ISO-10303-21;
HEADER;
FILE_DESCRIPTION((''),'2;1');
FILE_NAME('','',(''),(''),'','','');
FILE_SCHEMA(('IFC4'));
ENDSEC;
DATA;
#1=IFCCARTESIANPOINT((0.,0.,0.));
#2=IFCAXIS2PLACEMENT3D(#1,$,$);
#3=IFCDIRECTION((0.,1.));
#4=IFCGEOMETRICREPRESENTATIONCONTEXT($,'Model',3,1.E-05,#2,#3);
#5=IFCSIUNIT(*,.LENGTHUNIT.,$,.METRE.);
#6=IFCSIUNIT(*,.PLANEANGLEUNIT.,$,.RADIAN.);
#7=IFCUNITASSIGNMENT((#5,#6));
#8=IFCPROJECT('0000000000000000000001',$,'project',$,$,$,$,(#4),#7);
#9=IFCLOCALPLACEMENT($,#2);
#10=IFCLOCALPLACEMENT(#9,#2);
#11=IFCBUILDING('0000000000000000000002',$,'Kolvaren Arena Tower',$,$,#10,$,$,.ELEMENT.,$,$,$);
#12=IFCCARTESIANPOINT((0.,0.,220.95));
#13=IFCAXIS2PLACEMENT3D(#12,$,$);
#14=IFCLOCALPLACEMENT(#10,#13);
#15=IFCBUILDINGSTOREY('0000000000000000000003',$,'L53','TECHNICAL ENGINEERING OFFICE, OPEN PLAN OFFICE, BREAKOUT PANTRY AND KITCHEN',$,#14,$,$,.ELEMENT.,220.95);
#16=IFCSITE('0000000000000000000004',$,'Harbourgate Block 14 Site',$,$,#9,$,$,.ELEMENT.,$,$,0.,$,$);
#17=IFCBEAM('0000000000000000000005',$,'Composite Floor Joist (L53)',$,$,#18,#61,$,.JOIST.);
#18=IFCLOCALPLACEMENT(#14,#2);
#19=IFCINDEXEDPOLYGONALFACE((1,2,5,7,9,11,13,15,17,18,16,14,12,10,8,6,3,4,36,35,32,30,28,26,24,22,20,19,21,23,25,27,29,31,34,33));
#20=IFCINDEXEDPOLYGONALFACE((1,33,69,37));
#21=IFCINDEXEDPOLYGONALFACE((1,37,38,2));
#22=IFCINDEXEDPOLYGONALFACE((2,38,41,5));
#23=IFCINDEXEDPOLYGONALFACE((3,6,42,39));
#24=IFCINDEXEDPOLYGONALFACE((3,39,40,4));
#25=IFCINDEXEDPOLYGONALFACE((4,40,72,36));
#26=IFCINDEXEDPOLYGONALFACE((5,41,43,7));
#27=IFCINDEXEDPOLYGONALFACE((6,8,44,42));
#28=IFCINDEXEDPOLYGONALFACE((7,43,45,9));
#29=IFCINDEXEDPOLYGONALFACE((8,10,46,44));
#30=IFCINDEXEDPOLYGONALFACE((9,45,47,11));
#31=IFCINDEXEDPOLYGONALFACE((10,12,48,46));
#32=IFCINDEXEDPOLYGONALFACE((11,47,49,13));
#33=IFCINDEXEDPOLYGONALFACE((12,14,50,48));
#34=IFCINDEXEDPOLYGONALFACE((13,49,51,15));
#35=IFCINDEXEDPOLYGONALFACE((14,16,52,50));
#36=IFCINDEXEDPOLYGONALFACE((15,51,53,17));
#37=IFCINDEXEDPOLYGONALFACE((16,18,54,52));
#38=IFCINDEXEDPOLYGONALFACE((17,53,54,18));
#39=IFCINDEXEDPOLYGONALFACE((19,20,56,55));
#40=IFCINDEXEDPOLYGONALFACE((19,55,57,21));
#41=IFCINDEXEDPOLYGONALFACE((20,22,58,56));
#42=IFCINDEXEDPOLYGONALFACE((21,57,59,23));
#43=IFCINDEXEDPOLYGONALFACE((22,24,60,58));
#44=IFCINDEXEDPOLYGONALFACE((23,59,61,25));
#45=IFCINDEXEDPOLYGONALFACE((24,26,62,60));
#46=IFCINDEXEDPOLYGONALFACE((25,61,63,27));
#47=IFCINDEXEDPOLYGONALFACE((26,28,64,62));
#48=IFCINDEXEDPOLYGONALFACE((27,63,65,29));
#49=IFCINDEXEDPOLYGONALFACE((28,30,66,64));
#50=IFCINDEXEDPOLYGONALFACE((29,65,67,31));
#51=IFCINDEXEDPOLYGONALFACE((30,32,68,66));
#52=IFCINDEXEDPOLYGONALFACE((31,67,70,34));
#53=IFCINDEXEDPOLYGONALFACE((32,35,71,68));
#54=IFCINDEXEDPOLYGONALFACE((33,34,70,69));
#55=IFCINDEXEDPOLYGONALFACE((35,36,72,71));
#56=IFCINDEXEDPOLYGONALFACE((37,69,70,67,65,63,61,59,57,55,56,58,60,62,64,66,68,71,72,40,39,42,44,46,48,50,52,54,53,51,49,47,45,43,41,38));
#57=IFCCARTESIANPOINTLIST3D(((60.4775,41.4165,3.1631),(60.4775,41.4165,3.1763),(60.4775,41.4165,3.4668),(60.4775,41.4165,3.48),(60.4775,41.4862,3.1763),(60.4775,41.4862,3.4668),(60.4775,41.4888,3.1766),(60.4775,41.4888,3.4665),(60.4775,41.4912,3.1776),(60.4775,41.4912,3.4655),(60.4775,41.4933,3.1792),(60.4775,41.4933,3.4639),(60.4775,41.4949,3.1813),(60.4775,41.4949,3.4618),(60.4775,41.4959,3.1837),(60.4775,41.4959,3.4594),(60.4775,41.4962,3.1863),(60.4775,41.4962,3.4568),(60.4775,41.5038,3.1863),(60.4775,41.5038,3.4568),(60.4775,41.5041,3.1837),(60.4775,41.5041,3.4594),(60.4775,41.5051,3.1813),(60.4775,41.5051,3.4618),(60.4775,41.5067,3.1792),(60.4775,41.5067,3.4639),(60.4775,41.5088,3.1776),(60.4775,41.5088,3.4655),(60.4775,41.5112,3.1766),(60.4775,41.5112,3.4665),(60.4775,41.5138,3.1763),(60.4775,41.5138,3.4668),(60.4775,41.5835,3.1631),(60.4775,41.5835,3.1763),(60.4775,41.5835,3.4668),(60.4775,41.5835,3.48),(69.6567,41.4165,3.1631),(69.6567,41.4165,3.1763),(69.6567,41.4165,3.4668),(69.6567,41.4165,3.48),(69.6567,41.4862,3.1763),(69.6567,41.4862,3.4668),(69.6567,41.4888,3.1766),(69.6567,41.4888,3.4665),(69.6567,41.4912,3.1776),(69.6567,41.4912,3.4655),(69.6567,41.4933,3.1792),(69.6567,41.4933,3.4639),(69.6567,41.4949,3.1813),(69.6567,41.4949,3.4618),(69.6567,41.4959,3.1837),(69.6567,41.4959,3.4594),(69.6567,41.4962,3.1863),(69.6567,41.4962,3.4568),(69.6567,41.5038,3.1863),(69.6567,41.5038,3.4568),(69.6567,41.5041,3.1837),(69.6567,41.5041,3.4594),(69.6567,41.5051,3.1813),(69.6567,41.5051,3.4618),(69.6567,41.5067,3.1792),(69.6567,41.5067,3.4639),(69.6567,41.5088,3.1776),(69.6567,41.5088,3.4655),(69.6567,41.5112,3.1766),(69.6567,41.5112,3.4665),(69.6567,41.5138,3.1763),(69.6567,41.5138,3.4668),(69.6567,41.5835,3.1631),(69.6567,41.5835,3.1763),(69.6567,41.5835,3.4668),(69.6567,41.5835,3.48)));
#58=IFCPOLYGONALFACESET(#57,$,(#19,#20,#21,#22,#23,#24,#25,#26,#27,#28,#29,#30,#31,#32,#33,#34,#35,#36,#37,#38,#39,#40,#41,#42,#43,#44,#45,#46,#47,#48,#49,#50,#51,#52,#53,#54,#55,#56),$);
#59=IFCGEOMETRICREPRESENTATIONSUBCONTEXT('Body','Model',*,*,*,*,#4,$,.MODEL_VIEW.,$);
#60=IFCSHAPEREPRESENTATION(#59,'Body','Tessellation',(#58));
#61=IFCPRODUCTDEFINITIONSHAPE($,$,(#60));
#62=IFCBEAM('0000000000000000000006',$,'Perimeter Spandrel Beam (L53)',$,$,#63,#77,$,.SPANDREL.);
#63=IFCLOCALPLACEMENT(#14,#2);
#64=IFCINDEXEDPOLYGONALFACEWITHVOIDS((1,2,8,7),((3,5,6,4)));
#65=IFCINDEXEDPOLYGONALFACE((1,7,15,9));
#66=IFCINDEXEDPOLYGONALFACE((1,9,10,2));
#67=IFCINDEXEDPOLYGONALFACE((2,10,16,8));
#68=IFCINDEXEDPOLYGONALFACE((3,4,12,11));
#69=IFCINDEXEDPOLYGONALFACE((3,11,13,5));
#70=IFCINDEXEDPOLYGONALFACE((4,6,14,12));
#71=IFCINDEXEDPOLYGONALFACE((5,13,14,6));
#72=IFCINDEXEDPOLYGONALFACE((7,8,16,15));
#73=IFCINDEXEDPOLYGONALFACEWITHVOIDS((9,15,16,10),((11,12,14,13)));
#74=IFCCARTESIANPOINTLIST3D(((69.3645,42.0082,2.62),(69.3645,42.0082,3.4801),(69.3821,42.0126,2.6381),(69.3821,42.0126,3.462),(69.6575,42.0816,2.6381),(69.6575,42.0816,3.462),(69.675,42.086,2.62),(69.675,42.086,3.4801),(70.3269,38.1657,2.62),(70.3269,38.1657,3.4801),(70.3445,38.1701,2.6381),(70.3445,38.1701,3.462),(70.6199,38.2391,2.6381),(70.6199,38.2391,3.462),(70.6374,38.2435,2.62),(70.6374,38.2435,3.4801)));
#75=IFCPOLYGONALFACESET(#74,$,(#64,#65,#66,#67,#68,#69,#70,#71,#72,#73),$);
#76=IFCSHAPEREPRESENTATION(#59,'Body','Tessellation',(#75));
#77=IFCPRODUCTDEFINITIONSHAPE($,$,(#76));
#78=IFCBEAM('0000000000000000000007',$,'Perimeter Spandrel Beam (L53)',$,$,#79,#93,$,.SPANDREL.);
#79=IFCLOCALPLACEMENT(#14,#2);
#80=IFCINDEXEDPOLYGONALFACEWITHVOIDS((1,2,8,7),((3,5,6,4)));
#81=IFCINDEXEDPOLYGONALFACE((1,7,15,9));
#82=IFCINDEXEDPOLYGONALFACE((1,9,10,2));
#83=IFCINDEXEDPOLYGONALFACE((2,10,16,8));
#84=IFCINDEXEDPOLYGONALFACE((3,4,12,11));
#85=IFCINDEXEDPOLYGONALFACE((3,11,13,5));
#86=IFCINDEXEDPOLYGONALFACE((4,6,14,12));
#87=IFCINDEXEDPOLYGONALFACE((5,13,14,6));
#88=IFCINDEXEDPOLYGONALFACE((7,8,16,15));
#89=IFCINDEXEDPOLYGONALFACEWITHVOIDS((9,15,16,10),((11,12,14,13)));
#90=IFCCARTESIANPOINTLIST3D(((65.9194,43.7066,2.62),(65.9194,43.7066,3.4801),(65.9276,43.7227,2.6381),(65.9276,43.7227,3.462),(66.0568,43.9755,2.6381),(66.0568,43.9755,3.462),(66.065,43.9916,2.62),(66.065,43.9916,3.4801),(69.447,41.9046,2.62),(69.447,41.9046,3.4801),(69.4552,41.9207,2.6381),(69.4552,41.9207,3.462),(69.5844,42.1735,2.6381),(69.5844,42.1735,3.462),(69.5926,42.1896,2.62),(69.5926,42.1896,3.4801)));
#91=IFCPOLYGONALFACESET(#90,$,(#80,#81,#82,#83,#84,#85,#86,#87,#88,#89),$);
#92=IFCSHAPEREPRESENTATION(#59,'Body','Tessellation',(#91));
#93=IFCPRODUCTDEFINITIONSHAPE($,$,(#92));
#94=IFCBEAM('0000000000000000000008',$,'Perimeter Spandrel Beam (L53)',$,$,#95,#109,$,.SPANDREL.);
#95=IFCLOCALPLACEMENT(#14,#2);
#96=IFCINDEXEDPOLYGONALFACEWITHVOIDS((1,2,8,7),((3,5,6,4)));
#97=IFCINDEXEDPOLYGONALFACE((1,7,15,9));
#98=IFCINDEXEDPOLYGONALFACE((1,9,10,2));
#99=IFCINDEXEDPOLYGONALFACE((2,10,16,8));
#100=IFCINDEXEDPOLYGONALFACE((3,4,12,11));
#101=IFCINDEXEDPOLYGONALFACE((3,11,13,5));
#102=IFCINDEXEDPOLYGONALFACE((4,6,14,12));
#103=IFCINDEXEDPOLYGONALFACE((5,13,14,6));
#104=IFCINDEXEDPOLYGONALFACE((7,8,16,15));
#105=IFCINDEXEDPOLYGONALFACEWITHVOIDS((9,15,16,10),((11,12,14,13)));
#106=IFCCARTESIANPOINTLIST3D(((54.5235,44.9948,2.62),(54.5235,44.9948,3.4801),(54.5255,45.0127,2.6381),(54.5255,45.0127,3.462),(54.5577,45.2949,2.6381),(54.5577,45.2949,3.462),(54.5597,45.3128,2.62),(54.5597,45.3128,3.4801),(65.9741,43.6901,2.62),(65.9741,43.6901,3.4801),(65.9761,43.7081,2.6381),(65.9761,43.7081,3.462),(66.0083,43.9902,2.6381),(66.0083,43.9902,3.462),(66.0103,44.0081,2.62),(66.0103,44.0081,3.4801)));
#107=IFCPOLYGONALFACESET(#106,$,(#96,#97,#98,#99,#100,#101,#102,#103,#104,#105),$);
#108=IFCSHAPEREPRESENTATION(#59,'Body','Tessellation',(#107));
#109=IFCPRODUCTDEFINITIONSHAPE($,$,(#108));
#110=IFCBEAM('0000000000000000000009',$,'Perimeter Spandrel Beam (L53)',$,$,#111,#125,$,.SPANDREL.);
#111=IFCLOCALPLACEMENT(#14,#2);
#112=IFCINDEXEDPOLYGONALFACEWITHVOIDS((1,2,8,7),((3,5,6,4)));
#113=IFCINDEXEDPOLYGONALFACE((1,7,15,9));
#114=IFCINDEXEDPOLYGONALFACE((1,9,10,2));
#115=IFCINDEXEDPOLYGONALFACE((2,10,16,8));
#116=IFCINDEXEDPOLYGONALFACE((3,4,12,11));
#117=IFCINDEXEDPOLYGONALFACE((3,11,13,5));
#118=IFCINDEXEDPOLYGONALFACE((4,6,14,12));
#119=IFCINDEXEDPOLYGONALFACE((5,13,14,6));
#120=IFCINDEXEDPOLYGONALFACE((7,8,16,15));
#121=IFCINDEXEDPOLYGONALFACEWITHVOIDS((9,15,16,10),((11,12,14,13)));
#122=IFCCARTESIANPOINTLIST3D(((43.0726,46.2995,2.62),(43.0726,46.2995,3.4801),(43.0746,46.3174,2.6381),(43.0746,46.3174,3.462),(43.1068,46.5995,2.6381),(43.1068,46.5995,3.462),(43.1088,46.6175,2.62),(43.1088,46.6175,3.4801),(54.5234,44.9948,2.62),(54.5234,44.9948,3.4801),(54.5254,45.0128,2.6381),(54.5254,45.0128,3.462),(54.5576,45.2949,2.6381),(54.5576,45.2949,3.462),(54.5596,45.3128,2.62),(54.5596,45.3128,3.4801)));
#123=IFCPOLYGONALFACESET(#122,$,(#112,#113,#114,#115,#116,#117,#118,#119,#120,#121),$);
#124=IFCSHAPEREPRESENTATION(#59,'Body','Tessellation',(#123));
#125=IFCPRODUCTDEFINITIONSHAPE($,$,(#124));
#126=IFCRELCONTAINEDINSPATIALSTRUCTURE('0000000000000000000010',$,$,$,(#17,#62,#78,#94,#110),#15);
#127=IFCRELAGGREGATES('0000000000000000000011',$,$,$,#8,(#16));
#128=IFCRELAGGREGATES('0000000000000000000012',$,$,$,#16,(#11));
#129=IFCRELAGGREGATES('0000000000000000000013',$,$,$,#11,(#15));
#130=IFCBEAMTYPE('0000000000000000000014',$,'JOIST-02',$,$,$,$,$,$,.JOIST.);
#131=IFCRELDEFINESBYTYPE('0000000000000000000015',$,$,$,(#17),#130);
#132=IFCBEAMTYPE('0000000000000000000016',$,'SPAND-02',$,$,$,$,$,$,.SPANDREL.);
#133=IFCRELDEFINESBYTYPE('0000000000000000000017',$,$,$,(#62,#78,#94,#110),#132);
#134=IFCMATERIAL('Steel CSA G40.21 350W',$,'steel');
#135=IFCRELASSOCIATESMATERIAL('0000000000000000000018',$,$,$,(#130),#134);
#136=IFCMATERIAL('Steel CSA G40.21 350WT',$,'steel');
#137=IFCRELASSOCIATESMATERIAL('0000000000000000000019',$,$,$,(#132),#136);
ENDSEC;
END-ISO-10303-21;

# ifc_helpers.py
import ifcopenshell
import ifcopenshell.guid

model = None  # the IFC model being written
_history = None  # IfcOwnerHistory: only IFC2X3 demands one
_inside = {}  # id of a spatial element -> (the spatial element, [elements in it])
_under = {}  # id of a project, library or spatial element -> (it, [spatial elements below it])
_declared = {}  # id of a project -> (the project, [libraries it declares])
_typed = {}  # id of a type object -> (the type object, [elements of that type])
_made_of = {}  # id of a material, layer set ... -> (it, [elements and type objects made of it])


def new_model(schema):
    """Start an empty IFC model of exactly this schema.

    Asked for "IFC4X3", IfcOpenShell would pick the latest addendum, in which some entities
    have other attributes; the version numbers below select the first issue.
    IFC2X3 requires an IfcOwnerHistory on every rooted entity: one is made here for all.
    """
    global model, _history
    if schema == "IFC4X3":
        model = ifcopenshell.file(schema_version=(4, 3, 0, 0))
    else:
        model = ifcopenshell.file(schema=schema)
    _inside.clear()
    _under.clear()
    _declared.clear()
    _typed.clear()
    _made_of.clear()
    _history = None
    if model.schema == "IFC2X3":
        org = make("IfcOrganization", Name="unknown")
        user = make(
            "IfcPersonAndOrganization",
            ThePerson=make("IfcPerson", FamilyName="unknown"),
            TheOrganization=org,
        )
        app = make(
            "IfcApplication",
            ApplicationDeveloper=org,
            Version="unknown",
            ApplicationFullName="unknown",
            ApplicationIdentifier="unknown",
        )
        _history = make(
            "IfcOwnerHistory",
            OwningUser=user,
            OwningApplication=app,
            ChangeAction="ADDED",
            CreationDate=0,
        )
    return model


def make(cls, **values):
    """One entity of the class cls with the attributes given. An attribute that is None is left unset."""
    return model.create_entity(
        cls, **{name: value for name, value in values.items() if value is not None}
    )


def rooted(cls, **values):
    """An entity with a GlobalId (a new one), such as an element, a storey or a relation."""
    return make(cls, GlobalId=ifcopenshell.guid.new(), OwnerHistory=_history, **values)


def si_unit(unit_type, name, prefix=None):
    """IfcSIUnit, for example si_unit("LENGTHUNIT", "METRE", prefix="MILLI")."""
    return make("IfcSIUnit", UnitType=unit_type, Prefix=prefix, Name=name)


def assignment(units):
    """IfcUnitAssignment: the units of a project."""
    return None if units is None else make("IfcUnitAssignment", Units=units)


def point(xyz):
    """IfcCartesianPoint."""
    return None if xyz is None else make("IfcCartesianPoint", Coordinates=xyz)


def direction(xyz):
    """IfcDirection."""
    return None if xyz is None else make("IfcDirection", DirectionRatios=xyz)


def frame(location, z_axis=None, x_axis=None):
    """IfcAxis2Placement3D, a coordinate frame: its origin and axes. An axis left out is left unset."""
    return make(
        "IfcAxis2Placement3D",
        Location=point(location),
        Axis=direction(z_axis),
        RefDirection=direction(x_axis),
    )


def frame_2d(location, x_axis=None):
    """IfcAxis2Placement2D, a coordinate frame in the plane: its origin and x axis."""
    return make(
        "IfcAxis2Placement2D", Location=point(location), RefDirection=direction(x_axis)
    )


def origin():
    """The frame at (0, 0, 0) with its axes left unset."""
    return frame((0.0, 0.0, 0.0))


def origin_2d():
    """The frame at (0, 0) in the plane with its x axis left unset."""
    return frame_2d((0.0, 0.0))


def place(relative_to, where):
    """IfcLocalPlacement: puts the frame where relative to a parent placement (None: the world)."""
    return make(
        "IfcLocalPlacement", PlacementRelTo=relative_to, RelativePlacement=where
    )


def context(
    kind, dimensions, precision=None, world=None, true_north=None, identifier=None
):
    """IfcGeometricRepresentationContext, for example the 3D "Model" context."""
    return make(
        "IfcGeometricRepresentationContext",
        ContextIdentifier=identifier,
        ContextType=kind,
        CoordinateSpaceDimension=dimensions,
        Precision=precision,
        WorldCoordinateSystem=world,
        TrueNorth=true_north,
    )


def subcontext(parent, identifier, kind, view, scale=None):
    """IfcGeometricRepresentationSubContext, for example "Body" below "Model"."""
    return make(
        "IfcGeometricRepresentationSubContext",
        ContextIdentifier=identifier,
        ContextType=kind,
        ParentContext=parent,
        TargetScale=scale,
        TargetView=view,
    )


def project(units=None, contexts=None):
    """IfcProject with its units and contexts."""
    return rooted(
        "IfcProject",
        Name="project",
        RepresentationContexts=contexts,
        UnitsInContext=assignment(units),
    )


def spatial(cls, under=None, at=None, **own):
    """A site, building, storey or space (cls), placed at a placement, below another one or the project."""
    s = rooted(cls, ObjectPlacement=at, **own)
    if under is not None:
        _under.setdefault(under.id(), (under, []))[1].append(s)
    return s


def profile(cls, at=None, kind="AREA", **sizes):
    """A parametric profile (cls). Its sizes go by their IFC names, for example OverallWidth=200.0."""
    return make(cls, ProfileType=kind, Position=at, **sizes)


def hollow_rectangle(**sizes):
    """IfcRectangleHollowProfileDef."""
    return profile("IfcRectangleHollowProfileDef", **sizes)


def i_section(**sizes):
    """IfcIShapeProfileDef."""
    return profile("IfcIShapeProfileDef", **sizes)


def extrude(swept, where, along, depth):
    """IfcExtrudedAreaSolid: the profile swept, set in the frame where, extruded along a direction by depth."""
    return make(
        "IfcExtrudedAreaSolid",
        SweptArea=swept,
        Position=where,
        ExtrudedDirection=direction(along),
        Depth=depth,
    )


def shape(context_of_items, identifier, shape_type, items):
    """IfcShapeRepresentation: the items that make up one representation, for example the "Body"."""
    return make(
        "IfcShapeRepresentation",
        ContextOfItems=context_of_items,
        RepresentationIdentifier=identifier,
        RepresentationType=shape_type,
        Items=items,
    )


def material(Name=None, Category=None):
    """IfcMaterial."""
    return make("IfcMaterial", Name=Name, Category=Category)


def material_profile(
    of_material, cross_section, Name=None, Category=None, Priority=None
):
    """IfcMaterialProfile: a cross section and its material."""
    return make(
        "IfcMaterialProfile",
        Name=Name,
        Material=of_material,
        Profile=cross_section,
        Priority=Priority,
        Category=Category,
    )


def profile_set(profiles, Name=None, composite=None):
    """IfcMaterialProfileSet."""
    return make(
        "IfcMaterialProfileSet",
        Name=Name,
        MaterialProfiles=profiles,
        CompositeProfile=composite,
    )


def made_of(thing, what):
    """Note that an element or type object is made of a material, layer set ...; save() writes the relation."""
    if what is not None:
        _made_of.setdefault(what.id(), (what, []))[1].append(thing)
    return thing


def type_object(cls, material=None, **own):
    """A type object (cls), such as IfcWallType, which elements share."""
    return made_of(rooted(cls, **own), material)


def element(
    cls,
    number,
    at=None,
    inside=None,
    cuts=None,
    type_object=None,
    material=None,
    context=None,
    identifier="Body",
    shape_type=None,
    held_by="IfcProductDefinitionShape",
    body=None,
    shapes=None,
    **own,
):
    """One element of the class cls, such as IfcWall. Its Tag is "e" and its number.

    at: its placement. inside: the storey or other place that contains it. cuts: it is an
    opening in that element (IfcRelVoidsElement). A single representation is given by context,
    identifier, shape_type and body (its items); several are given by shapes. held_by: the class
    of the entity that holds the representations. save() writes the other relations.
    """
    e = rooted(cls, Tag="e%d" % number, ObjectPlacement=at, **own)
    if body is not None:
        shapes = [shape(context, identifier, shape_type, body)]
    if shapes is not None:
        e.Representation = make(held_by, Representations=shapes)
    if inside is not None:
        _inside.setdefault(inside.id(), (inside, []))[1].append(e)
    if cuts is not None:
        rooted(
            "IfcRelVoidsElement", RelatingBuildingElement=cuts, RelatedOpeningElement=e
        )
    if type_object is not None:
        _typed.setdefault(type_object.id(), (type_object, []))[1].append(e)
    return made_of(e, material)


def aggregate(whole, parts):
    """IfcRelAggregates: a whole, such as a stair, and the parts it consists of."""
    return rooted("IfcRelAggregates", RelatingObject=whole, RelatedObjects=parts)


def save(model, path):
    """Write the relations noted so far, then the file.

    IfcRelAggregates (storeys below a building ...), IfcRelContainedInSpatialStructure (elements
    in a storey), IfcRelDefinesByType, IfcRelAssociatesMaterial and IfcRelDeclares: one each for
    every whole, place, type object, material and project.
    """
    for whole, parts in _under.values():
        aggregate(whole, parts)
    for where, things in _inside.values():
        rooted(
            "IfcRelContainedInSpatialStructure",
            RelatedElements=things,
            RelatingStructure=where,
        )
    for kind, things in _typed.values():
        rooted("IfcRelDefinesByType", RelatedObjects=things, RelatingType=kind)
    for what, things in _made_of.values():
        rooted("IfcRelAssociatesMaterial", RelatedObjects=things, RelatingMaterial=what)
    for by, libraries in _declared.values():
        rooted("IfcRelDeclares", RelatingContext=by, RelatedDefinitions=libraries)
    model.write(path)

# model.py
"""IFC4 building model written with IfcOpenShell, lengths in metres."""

from ifc_helpers import new_model, si_unit, direction, frame, origin, origin_2d, place, context, subcontext, project, spatial, hollow_rectangle, i_section, extrude, material, material_profile, profile_set, type_object, element, save


model = new_model("IFC4")

# Units and contexts
model_context = context("Model", 3, precision=1e-05, world=origin(), true_north=direction((0.0, 1.0)))
body_context = subcontext(model_context, "Body", "Model", "MODEL_VIEW")
ifc_project = project(units=[si_unit("LENGTHUNIT", "METRE"), si_unit("PLANEANGLEUNIT", "RADIAN")], contexts=[model_context])

# Site, building, storey
site_placement = place(None, origin())
site = spatial("IfcSite", under=ifc_project, at=site_placement, Name="Harbourgate Block 14 Site", CompositionType="ELEMENT", RefElevation=0.0)
building_placement = place(site_placement, origin())
building = spatial("IfcBuilding", under=site, at=building_placement, Name="Kolvaren Arena Tower", CompositionType="ELEMENT")
storey_placement = place(building_placement, frame((0.0, 0.0, 220.95)))
storey = spatial("IfcBuildingStorey", under=building, at=storey_placement, Name="L53", Description="TECHNICAL ENGINEERING OFFICE, OPEN PLAN OFFICE, BREAKOUT PANTRY AND KITCHEN", CompositionType="ELEMENT", Elevation=220.95)

# Beams
ifc_material_1 = material(Name="Steel CSA G40.21 350W", Category="steel")
ifc_material_profile_1 = material_profile(ifc_material_1, i_section(OverallWidth=0.167, OverallDepth=0.3169, WebThickness=0.0076, FlangeThickness=0.0132, FilletRadius=0.01, at=origin_2d()), Name="W310x52")
ifc_profile_set_1 = profile_set([ifc_material_profile_1], Name="Steel CSA G40.21 350W")
beam_type_1 = type_object("IfcBeamType", Name="JOIST-02", PredefinedType="JOIST", material=ifc_profile_set_1)
beam_1_placement = place(storey_placement, frame((60.4775, 41.5, 3.3215), z_axis=(1.0, 0.0, 0.0), x_axis=(0.0, 1.0, 0.0)))
element("IfcBeam", 1, at=beam_1_placement, inside=storey, type_object=beam_type_1, Name="Composite Floor Joist (L53)", PredefinedType="JOIST", context=body_context, shape_type="SweptSolid", body=[
    extrude(i_section(OverallWidth=0.167, OverallDepth=0.3169, WebThickness=0.0076, FlangeThickness=0.0132, FilletRadius=0.01, at=origin_2d()), origin(), (0.0, 0.0, 1.0), 9.1792),
])
ifc_material_2 = material(Name="Steel CSA G40.21 350WT", Category="steel")
ifc_material_profile_2 = material_profile(ifc_material_2, hollow_rectangle(XDim=0.3201, YDim=0.8601, WallThickness=0.0181, at=origin_2d()), Name="HSS 860x320x18")
ifc_profile_set_2 = profile_set([ifc_material_profile_2], Name="Steel CSA G40.21 350WT")
beam_type_2 = type_object("IfcBeamType", Name="SPAND-02", PredefinedType="SPANDREL", material=ifc_profile_set_2)
for number, where, z_axis, x_axis, name in (
    (2, (70.4822, 38.2046, 3.05), (-0.242956, 0.970037, 0.0), (-0.970037, -0.242956, 0.0), "Perimeter Spandrel Beam (L53)"),
    (3, (69.5198, 42.0471, 3.05), (-0.890536, 0.454913, 0.0), (-0.454913, -0.890536, 0.0), "Perimeter Spandrel Beam (L53)"),
):
    element("IfcBeam", number, at=place(storey_placement, frame(where, z_axis=z_axis, x_axis=x_axis)), inside=storey, type_object=beam_type_2, Name=name, PredefinedType="SPANDREL", context=body_context, shape_type="SweptSolid", body=[
        extrude(hollow_rectangle(XDim=0.3201, YDim=0.8601, WallThickness=0.0181, at=origin_2d()), origin(), (0.0, 0.0, 1.0), 3.9612),
    ])
beam_2_placement = place(storey_placement, frame((65.9922, 43.8491, 3.05), z_axis=(-0.993571, 0.113207, 0.0), x_axis=(-0.113207, -0.993571, 0.0)))
element("IfcBeam", 4, at=beam_2_placement, inside=storey, type_object=beam_type_2, Name="Perimeter Spandrel Beam (L53)", PredefinedType="SPANDREL", context=body_context, shape_type="SweptSolid", body=[
    extrude(hollow_rectangle(XDim=0.3201, YDim=0.8601, WallThickness=0.0181, at=origin_2d()), origin(), (0.0, 0.0, 1.0), 11.5247),
])
beam_3_placement = place(storey_placement, frame((54.5415, 45.1538, 3.05), z_axis=(-0.993572, 0.113205, 0.0), x_axis=(-0.113205, -0.993572, 0.0)))
element("IfcBeam", 5, at=beam_3_placement, inside=storey, type_object=beam_type_2, Name="Perimeter Spandrel Beam (L53)", PredefinedType="SPANDREL", context=body_context, shape_type="SweptSolid", body=[
    extrude(hollow_rectangle(XDim=0.3201, YDim=0.8601, WallThickness=0.0181, at=origin_2d()), origin(), (0.0, 0.0, 1.0), 11.5249),
])

save(model, "model.ifc")
